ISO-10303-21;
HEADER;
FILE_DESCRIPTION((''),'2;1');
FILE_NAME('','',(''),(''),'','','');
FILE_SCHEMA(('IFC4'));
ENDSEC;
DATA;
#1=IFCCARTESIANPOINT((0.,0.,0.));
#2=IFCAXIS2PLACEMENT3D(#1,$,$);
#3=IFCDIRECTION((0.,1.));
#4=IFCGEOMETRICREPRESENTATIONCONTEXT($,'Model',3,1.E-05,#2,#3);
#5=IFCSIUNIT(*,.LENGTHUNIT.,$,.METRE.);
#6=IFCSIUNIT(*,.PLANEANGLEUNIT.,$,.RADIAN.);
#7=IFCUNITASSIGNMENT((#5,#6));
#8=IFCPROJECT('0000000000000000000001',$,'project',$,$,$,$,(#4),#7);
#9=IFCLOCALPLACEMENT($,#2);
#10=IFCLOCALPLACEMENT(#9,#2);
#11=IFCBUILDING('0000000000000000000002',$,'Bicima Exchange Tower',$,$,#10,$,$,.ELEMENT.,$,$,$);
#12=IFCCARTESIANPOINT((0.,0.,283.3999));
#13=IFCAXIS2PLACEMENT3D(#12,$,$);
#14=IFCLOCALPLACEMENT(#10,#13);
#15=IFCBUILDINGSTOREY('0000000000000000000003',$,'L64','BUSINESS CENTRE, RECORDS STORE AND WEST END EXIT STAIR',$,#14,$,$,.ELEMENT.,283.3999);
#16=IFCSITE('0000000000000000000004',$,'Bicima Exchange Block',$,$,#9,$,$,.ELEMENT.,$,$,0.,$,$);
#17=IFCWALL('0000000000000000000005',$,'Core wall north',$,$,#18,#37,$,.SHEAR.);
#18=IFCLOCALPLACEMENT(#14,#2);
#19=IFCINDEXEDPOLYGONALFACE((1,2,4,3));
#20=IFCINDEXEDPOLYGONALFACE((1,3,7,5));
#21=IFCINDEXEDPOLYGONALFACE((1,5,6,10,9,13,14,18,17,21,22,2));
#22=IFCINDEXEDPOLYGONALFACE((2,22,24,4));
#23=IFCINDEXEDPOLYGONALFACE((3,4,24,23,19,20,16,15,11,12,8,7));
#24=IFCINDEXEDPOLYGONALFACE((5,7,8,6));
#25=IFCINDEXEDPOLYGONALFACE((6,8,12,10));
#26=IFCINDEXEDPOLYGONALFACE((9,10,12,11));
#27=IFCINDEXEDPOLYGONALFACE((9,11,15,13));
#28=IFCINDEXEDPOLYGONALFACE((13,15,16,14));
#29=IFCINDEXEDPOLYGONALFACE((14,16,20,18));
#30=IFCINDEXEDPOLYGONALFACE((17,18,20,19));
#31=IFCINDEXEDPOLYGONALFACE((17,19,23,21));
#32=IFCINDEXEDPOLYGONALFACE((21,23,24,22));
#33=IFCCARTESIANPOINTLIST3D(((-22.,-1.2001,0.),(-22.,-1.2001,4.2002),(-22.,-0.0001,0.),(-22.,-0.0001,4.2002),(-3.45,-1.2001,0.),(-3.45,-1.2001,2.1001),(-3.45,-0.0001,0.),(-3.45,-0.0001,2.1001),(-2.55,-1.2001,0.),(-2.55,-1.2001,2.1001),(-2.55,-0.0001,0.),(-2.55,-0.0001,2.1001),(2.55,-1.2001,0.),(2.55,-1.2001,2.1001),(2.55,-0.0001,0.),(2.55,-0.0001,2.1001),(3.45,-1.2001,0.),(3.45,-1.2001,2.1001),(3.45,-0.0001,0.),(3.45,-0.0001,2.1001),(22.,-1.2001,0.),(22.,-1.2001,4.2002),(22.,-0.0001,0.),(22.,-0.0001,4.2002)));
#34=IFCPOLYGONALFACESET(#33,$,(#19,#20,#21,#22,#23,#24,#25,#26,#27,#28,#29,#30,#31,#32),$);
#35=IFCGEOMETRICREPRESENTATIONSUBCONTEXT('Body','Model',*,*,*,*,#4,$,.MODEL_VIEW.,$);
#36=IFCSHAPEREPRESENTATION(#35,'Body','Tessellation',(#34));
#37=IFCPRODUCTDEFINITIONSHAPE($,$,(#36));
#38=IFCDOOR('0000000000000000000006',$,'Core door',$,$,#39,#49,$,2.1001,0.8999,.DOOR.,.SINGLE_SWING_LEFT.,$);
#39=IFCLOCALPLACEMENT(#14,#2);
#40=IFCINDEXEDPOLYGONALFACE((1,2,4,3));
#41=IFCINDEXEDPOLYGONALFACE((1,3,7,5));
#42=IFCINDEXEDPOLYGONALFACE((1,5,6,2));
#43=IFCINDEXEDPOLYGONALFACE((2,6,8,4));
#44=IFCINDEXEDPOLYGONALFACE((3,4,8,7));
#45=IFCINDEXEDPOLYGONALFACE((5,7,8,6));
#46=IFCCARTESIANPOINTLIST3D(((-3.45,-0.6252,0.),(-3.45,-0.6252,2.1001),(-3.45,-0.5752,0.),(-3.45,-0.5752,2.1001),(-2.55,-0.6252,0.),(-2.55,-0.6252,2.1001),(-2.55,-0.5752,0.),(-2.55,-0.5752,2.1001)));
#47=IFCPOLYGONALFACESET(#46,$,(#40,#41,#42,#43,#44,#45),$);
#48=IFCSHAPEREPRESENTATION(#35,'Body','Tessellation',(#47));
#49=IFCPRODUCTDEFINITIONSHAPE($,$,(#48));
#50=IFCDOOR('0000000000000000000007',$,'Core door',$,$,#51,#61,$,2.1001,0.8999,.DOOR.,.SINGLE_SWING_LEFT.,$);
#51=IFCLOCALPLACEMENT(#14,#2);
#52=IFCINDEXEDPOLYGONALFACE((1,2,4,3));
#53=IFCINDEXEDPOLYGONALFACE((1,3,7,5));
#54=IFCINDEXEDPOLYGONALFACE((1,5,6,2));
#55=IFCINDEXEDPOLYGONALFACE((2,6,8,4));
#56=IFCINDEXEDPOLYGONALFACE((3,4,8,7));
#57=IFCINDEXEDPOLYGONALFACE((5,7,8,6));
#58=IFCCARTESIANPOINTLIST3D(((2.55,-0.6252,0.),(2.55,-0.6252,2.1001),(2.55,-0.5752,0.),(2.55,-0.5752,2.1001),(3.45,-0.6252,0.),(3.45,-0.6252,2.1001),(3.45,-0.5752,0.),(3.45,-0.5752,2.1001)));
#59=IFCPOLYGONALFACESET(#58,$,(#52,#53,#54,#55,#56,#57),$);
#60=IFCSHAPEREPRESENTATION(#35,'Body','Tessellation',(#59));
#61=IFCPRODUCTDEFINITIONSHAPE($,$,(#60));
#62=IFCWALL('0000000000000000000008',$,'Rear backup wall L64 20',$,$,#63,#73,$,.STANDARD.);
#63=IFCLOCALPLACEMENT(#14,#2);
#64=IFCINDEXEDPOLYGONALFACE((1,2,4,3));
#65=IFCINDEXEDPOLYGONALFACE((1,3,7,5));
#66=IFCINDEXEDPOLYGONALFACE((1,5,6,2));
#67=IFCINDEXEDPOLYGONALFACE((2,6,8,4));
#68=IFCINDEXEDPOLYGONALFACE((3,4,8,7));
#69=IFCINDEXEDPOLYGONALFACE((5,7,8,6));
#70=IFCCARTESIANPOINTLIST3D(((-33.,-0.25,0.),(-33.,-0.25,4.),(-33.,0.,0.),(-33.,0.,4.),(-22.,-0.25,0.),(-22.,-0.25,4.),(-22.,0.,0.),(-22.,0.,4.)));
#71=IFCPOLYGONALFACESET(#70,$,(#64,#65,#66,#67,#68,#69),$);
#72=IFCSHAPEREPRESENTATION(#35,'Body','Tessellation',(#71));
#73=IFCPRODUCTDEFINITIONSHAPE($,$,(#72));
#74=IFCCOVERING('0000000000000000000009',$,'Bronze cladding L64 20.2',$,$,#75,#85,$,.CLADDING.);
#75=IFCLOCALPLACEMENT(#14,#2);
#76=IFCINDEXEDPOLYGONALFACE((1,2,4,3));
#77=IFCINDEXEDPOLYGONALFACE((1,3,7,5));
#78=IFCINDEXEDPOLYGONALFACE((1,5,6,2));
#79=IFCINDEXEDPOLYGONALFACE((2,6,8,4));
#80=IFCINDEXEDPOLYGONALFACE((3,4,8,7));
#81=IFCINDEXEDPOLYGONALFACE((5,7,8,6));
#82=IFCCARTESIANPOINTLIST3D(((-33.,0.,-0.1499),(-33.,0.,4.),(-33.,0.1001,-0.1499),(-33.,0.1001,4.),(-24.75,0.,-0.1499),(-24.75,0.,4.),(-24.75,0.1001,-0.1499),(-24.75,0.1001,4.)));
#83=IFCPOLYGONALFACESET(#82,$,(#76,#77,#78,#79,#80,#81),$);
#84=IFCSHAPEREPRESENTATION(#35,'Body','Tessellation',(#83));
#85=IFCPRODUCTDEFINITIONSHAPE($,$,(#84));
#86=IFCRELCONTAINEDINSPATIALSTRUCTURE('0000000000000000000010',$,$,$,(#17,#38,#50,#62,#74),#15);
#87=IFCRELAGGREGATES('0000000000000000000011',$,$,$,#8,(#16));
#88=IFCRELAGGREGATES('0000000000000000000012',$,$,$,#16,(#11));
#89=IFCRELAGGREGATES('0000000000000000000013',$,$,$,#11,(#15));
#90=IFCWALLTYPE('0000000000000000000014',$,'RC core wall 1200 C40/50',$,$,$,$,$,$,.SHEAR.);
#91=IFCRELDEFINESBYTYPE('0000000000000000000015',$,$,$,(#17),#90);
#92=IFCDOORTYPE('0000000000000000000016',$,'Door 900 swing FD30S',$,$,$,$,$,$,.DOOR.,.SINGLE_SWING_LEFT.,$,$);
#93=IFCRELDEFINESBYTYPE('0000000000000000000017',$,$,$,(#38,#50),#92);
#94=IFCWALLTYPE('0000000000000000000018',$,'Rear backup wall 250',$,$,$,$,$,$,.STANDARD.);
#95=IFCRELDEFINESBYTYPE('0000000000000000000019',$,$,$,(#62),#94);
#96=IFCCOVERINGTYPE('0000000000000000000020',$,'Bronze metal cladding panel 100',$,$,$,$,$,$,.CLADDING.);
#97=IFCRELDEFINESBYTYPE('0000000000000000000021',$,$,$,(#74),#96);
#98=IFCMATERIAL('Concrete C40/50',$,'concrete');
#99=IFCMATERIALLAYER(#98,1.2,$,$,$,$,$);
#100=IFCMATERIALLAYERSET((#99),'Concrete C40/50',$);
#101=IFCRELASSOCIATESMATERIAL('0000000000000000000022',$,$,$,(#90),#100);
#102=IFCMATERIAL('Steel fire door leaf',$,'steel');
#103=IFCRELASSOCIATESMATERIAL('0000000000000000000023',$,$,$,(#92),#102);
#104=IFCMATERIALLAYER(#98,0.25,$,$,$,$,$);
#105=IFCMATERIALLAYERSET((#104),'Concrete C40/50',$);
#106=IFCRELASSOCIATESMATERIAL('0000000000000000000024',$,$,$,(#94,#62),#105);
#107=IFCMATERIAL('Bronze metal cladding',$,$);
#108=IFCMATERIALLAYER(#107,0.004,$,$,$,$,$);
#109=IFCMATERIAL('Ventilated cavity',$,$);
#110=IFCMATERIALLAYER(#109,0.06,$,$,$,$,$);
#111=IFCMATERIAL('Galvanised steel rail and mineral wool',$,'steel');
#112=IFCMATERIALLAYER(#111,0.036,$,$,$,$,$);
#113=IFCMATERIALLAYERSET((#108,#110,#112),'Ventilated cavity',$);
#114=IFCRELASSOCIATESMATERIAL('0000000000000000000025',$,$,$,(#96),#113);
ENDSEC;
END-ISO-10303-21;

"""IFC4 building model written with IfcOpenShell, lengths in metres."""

from ifc_helpers import new_model, si_unit, direction, frame, frame_2d, origin, origin_2d, place, context, subcontext, project, spatial, rectangle, extrude, material, layer, layer_set, layer_usage, type_object, element, fill, save


model = new_model("IFC4")

# Units and contexts
model_context = context("Model", 3, precision=1e-05, world=origin(), true_north=direction((0.0, 1.0)))
body_context = subcontext(model_context, "Body", "Model", "MODEL_VIEW")
ifc_project = project(units=[si_unit("LENGTHUNIT", "METRE"), si_unit("PLANEANGLEUNIT", "RADIAN")], contexts=[model_context])

# Site, building, storey
site_placement = place(None, origin())
site = spatial("IfcSite", under=ifc_project, at=site_placement, Name="Bicima Exchange Block", CompositionType="ELEMENT", RefElevation=0.0)
building_placement = place(site_placement, origin())
building = spatial("IfcBuilding", under=site, at=building_placement, Name="Bicima Exchange Tower", CompositionType="ELEMENT")
storey_placement = place(building_placement, frame((0.0, 0.0, 283.3999)))
storey = spatial("IfcBuildingStorey", under=building, at=storey_placement, Name="L64", Description="BUSINESS CENTRE, RECORDS STORE AND WEST END EXIT STAIR", CompositionType="ELEMENT", Elevation=283.3999)

# Wall, openings, doors
ifc_material_1 = material(Name="Concrete C40/50", Category="concrete")
ifc_layer_1 = layer(ifc_material_1, 1.2)
ifc_layer_set_1 = layer_set([ifc_layer_1], Name="Concrete C40/50")
wall_type_1 = type_object("IfcWallType", Name="RC core wall 1200 C40/50", PredefinedType="SHEAR", material=ifc_layer_set_1)
wall_1_placement = place(storey_placement, frame((-22.0, -0.6001, 0.0), z_axis=(0.0, 0.0, 1.0), x_axis=(1.0, 0.0, 0.0)))
wall_1 = element("IfcWall", 1, at=wall_1_placement, inside=storey, type_object=wall_type_1, Name="Core wall north", PredefinedType="SHEAR", context=body_context, shape_type="SweptSolid", body=[
    extrude(rectangle(XDim=44.0, YDim=1.2, at=frame_2d((22.0, 0.0))), origin(), (0.0, 0.0, 1.0), 4.2002),
])
opening_1_placement = place(wall_1_placement, frame((18.55, 0.0, 0.0)))
opening_1 = element("IfcOpeningElement", 2, at=opening_1_placement, cuts=wall_1, PredefinedType="OPENING", context=body_context, shape_type="SweptSolid", body=[
    extrude(rectangle(XDim=0.8999, YDim=2.1001, at=frame_2d((0.45, 1.05))), frame((0.0, 0.6118, 0.0), z_axis=(0.0, -1.0, 0.0), x_axis=(1.0, 0.0, 0.0)), (0.0, 0.0, 1.0), 1.2239),
])
opening_2_placement = place(wall_1_placement, frame((24.55, 0.0, 0.0)))
opening_2 = element("IfcOpeningElement", 3, at=opening_2_placement, cuts=wall_1, PredefinedType="OPENING", context=body_context, shape_type="SweptSolid", body=[
    extrude(rectangle(XDim=0.8999, YDim=2.1001, at=frame_2d((0.45, 1.05))), frame((0.0, 0.6118, 0.0), z_axis=(0.0, -1.0, 0.0), x_axis=(1.0, 0.0, 0.0)), (0.0, 0.0, 1.0), 1.2239),
])
ifc_material_2 = material(Name="Steel fire door leaf", Category="steel")
door_type = type_object("IfcDoorType", Name="Door 900 swing FD30S", OperationType="SINGLE_SWING_LEFT", PredefinedType="DOOR", material=ifc_material_2)
door_1_placement = place(opening_1_placement, origin())
door_1 = element("IfcDoor", 4, at=door_1_placement, inside=storey, type_object=door_type, Name="Core door", OperationType="SINGLE_SWING_LEFT", OverallHeight=2.1001, OverallWidth=0.8999, PredefinedType="DOOR", context=body_context, shape_type="SweptSolid", body=[
    extrude(rectangle(XDim=0.8999, YDim=2.1001, at=frame_2d((0.45, 1.05))), frame((0.0, 0.0249, 0.0), z_axis=(0.0, -1.0, 0.0), x_axis=(1.0, 0.0, 0.0)), (0.0, 0.0, 1.0), 0.05),
])
fill(opening_1, door_1)
door_2_placement = place(opening_2_placement, origin())
door_2 = element("IfcDoor", 5, at=door_2_placement, inside=storey, type_object=door_type, Name="Core door", OperationType="SINGLE_SWING_LEFT", OverallHeight=2.1001, OverallWidth=0.8999, PredefinedType="DOOR", context=body_context, shape_type="SweptSolid", body=[
    extrude(rectangle(XDim=0.8999, YDim=2.1001, at=frame_2d((0.45, 1.05))), frame((0.0, 0.0249, 0.0), z_axis=(0.0, -1.0, 0.0), x_axis=(1.0, 0.0, 0.0)), (0.0, 0.0, 1.0), 0.05),
])
fill(opening_2, door_2)

# Wall
ifc_layer_2 = layer(ifc_material_1, 0.25)
ifc_layer_set_2 = layer_set([ifc_layer_2], Name="Concrete C40/50")
ifc_layer_usage = layer_usage(ifc_layer_set_2, "AXIS2", "POSITIVE", -0.125)
wall_type_2 = type_object("IfcWallType", Name="Rear backup wall 250", PredefinedType="STANDARD", material=ifc_layer_set_2)
wall_2_placement = place(storey_placement, frame((-22.0, -0.125, 0.0), z_axis=(0.0, 0.0, 1.0), x_axis=(-1.0, 0.0, 0.0)))
element("IfcWall", 6, at=wall_2_placement, inside=storey, type_object=wall_type_2, material=ifc_layer_usage, Name="Rear backup wall L64 20", PredefinedType="STANDARD", context=body_context, shape_type="SweptSolid", body=[
    extrude(rectangle(XDim=11.0, YDim=0.25, at=frame_2d((5.5, 0.0))), origin(), (0.0, 0.0, 1.0), 4.0),
])

# Covering
ifc_material_3 = material(Name="Bronze metal cladding")
ifc_layer_3 = layer(ifc_material_3, 0.004)
ifc_material_4 = material(Name="Ventilated cavity")
ifc_layer_4 = layer(ifc_material_4, 0.06)
ifc_material_5 = material(Name="Galvanised steel rail and mineral wool", Category="steel")
ifc_layer_5 = layer(ifc_material_5, 0.036)
ifc_layer_set_3 = layer_set([ifc_layer_3, ifc_layer_4, ifc_layer_5], Name="Ventilated cavity")
covering_type = type_object("IfcCoveringType", Name="Bronze metal cladding panel 100", PredefinedType="CLADDING", material=ifc_layer_set_3)
covering_placement = place(storey_placement, frame((-28.875, 0.05, -0.1499), z_axis=(0.0, 0.0, 1.0), x_axis=(-1.0, 0.0, 0.0)))
element("IfcCovering", 7, at=covering_placement, inside=storey, type_object=covering_type, Name="Bronze cladding L64 20.2", PredefinedType="CLADDING", context=body_context, shape_type="SweptSolid", body=[
    extrude(rectangle(XDim=8.25, YDim=0.1001, at=origin_2d()), origin(), (0.0, 0.0, 1.0), 4.1499),
])

save(model, "model.ifc")
